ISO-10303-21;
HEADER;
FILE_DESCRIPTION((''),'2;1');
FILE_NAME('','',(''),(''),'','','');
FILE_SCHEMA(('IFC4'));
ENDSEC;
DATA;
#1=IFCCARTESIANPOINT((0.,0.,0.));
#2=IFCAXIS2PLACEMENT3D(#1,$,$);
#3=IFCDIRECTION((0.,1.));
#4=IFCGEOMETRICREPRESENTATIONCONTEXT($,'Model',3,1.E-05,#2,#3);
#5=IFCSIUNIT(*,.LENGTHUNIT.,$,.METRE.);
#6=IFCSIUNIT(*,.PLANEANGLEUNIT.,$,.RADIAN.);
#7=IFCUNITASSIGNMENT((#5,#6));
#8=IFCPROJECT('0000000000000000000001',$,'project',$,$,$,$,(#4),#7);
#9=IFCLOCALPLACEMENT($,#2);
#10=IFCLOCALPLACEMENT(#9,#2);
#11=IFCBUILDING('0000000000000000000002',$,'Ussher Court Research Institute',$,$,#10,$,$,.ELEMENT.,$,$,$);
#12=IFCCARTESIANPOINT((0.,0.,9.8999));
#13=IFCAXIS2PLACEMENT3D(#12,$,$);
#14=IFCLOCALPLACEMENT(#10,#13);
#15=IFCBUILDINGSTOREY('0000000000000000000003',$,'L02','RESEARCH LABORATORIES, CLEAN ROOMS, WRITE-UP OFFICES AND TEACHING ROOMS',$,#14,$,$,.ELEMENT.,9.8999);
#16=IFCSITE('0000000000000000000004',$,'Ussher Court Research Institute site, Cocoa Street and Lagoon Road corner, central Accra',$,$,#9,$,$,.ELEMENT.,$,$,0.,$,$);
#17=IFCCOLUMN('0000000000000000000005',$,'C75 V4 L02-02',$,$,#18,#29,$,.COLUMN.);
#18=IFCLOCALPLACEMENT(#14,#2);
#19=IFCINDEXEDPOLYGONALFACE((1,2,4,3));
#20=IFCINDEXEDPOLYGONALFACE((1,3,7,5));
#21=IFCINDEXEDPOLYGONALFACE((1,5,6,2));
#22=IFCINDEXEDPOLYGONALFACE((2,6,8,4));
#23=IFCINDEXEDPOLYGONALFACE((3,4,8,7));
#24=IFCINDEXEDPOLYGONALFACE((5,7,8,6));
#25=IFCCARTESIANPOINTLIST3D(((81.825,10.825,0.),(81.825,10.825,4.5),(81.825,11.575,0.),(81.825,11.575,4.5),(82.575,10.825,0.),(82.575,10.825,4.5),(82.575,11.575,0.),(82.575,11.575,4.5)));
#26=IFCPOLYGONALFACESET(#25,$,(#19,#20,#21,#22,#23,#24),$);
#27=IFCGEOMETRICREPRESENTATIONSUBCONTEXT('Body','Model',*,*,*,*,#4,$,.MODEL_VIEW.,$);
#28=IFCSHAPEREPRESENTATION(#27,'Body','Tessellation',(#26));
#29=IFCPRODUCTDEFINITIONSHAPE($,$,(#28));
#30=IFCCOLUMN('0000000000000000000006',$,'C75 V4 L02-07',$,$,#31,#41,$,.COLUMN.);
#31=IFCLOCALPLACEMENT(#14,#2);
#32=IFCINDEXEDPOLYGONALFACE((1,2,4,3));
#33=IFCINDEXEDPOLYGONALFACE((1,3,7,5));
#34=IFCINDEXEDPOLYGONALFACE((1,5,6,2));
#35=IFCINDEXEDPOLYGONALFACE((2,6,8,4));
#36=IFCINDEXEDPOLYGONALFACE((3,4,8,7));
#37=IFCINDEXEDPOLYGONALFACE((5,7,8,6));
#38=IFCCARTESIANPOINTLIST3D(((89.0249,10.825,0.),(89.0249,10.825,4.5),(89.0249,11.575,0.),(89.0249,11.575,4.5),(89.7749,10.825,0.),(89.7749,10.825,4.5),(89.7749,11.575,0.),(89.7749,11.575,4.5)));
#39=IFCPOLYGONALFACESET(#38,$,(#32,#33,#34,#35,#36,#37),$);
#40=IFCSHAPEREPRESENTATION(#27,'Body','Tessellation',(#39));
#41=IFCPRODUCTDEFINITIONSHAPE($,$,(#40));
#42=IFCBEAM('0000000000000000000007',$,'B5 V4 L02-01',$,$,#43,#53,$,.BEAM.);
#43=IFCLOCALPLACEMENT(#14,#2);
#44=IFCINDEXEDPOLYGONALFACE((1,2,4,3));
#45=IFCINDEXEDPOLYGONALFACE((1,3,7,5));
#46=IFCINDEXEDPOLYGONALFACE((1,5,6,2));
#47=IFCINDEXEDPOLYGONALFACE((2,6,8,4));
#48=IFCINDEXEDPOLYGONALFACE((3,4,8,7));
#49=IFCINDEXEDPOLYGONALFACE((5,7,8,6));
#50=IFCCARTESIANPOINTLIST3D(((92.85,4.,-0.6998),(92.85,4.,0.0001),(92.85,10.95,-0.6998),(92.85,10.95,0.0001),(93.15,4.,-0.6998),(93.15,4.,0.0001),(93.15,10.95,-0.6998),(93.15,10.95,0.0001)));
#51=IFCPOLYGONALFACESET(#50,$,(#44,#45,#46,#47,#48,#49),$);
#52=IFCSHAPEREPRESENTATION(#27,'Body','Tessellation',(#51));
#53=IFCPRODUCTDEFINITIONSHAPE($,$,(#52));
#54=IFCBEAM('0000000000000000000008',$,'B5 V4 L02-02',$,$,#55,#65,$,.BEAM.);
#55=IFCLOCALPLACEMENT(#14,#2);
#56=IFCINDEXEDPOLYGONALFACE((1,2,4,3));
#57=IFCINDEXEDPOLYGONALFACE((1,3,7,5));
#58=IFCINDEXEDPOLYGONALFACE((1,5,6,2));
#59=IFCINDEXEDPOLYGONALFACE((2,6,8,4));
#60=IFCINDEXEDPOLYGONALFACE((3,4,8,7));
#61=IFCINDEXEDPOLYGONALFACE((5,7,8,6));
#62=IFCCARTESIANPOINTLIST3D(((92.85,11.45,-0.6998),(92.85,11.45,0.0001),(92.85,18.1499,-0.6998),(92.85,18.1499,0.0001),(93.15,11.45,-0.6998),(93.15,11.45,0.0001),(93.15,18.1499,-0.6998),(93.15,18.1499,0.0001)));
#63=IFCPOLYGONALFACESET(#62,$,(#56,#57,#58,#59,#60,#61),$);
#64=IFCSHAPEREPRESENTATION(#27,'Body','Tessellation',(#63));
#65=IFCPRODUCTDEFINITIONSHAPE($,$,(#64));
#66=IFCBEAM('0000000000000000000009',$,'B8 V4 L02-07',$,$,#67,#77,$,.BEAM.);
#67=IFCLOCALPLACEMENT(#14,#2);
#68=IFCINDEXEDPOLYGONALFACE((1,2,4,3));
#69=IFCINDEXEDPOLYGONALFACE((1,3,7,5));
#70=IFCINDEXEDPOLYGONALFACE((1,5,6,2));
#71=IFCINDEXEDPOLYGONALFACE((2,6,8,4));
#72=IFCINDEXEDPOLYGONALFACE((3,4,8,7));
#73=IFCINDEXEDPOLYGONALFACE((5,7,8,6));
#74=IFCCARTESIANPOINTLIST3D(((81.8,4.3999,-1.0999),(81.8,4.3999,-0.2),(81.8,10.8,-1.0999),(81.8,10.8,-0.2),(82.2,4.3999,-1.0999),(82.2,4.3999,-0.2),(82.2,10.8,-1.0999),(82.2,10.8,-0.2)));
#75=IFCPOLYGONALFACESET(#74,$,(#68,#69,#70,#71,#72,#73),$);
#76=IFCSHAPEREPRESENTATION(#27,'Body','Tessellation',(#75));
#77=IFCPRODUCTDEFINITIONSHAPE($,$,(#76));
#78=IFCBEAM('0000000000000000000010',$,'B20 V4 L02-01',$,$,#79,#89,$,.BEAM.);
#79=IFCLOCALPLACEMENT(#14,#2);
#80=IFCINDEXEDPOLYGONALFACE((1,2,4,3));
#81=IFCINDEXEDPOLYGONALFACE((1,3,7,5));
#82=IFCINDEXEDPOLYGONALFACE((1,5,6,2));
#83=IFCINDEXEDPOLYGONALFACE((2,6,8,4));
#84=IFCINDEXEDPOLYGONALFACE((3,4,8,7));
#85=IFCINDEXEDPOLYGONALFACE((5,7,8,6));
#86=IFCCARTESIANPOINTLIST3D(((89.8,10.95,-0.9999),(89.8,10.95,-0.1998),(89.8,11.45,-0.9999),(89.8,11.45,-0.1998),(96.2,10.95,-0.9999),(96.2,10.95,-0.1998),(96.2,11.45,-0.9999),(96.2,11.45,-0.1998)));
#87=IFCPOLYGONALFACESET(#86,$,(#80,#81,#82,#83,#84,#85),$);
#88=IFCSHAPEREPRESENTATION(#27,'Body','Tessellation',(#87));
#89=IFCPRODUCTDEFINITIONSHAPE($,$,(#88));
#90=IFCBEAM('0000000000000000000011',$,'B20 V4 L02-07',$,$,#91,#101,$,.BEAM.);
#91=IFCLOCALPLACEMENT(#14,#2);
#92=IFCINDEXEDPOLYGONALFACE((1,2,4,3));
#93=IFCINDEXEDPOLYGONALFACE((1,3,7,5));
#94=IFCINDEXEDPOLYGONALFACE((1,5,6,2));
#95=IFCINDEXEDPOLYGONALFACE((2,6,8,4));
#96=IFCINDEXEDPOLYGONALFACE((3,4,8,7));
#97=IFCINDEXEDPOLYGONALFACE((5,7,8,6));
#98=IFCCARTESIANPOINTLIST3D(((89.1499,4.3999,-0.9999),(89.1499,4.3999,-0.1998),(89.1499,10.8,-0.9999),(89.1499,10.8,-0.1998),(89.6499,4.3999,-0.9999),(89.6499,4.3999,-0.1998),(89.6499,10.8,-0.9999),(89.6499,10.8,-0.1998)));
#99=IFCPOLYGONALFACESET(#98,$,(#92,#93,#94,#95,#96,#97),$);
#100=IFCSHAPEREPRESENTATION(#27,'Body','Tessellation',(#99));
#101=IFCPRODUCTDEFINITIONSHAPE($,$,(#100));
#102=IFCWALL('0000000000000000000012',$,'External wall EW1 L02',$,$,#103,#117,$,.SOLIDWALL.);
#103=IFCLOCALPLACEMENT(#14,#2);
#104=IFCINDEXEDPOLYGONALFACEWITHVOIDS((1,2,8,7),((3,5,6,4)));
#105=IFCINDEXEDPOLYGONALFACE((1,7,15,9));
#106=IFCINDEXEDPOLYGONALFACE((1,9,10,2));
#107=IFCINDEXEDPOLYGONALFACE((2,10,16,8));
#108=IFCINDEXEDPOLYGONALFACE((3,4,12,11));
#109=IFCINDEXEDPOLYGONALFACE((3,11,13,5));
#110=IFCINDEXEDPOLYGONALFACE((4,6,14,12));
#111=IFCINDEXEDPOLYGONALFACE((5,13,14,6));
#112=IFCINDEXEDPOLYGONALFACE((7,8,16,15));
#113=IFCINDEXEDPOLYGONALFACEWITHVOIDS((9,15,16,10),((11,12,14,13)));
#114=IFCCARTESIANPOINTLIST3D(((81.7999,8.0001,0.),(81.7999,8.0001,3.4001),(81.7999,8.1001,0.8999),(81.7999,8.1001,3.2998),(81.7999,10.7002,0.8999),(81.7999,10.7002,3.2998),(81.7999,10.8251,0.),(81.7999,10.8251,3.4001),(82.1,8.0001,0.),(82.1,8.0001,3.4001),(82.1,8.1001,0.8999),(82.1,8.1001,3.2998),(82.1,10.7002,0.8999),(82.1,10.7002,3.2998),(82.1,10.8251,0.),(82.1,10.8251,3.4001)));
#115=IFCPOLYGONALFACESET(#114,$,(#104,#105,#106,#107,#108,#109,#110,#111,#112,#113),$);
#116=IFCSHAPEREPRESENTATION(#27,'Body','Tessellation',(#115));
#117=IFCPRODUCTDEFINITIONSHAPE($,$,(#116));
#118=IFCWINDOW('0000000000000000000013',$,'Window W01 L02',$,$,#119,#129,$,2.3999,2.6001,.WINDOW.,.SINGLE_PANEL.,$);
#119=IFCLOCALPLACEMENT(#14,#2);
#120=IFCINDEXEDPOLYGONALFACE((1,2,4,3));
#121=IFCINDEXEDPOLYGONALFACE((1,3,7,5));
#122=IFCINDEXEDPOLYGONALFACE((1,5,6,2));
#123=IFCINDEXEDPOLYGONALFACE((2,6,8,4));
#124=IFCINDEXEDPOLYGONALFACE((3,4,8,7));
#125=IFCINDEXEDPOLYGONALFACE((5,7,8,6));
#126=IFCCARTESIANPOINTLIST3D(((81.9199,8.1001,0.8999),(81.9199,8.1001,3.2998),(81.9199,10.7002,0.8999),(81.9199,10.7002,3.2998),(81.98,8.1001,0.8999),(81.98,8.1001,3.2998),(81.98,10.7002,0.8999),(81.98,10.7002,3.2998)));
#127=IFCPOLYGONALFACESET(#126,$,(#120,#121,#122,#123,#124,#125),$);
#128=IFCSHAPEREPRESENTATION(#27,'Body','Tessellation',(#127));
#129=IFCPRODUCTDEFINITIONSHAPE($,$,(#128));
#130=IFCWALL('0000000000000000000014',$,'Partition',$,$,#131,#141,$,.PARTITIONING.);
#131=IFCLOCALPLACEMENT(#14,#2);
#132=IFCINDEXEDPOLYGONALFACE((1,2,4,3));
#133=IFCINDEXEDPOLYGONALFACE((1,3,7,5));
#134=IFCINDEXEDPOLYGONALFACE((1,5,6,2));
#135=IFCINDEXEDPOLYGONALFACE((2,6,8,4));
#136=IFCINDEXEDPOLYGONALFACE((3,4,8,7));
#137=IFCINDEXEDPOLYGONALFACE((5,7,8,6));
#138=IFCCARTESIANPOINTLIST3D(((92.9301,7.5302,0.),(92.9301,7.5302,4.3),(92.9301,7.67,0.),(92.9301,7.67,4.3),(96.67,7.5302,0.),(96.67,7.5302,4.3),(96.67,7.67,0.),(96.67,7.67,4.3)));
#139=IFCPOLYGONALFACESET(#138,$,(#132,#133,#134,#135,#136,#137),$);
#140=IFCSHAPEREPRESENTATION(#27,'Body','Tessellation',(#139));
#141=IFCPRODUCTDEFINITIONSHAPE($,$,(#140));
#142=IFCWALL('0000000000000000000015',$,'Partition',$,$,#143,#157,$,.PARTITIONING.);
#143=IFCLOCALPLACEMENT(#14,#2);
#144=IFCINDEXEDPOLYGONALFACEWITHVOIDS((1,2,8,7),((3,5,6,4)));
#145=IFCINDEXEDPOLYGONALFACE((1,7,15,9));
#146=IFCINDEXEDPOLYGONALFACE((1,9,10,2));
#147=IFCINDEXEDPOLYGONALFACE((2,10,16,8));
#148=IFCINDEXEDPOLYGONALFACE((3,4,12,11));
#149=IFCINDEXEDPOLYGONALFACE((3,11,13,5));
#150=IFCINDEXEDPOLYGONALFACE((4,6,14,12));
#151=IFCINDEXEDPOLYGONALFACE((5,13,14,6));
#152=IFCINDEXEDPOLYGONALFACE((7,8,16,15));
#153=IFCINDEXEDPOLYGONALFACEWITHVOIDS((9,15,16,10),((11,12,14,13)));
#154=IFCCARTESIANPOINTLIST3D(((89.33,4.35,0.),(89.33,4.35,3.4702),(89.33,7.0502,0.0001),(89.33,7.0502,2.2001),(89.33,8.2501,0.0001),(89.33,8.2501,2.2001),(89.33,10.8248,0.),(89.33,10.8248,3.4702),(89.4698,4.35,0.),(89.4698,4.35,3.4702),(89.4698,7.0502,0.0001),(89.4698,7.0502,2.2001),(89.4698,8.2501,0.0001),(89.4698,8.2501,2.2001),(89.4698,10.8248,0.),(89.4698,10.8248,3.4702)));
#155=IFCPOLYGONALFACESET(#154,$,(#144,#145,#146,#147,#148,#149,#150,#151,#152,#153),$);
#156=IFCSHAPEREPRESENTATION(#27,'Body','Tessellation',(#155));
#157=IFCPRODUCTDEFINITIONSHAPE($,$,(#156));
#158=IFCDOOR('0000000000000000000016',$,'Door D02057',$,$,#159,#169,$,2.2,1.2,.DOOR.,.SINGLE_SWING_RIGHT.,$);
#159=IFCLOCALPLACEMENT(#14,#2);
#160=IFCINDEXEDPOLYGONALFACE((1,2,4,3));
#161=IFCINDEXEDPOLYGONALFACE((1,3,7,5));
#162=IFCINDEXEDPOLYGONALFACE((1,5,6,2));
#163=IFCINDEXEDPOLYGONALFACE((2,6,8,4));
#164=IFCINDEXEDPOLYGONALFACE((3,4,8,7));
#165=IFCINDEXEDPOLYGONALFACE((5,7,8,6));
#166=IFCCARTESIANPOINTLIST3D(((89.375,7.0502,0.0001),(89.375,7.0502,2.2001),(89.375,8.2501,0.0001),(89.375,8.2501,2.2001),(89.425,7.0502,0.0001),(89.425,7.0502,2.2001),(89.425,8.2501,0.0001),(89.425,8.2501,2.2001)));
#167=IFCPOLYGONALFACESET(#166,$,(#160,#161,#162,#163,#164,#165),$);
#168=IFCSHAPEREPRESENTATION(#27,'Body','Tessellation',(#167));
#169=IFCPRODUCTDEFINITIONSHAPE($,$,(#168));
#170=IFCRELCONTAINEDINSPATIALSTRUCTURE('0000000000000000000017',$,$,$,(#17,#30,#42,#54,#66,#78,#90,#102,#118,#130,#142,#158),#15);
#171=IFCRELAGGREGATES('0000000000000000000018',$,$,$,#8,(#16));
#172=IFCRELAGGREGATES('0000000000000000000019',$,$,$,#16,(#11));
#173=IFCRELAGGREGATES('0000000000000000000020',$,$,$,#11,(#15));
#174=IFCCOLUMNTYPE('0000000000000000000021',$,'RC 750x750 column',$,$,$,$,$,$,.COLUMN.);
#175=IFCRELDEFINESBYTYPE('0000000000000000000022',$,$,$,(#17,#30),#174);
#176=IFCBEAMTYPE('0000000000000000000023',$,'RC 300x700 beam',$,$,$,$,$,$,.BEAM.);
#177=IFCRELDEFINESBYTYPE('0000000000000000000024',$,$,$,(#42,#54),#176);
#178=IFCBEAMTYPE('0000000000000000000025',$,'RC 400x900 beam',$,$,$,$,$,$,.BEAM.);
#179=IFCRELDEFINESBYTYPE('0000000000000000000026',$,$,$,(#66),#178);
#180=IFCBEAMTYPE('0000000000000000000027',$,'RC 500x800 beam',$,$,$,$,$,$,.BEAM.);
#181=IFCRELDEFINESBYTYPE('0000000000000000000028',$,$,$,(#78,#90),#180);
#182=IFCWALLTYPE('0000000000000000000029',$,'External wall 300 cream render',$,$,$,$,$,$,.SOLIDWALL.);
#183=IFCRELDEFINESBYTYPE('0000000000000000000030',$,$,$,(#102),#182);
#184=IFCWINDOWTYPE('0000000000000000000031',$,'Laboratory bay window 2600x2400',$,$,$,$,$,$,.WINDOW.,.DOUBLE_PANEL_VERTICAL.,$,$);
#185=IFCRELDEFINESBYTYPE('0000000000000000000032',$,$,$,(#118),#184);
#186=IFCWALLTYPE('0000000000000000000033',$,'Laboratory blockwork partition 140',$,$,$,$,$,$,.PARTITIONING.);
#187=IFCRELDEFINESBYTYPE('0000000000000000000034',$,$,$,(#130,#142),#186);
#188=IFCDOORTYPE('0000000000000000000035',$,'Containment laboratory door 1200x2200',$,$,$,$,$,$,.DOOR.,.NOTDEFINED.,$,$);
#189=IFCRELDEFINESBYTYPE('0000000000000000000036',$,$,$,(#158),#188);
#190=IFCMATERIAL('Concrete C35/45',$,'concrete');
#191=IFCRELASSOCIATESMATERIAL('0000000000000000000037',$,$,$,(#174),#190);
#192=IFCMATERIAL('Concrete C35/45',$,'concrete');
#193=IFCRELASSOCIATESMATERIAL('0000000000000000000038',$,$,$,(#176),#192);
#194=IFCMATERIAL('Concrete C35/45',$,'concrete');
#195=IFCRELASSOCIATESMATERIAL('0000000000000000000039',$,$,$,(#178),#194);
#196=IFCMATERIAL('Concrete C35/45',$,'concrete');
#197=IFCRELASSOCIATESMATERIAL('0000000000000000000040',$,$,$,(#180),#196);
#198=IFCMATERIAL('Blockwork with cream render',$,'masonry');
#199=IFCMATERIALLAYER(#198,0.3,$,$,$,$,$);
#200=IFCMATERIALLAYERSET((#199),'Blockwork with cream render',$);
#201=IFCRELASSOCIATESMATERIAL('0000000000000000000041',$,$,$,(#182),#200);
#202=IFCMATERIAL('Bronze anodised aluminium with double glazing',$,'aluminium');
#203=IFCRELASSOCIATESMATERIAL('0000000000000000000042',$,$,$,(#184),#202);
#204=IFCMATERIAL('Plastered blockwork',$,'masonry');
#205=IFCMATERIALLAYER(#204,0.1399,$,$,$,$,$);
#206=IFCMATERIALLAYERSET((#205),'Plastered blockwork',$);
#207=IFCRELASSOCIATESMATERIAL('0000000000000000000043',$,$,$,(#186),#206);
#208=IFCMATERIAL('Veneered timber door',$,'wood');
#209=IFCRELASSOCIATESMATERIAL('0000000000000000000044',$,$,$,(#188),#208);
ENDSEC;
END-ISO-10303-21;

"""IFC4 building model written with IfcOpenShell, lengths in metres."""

from ifc_helpers import new_model, si_unit, direction, frame, frame_2d, origin, origin_2d, place, context, subcontext, project, spatial, rectangle, extrude, material, layer, layer_set, material_profile, profile_set, type_object, element, fill, save


model = new_model("IFC4")

# Units and contexts
model_context = context("Model", 3, precision=1e-05, world=origin(), true_north=direction((0.0, 1.0)))
body_context = subcontext(model_context, "Body", "Model", "MODEL_VIEW")
ifc_project = project(units=[si_unit("LENGTHUNIT", "METRE"), si_unit("PLANEANGLEUNIT", "RADIAN")], contexts=[model_context])

# Site, building, storey
site_placement = place(None, origin())
site = spatial("IfcSite", under=ifc_project, at=site_placement, Name="Ussher Court Research Institute site, Cocoa Street and Lagoon Road corner, central Accra", CompositionType="ELEMENT", RefElevation=0.0)
building_placement = place(site_placement, origin())
building = spatial("IfcBuilding", under=site, at=building_placement, Name="Ussher Court Research Institute", CompositionType="ELEMENT")
storey_placement = place(building_placement, frame((0.0, 0.0, 9.8999)))
storey = spatial("IfcBuildingStorey", under=building, at=storey_placement, Name="L02", Description="RESEARCH LABORATORIES, CLEAN ROOMS, WRITE-UP OFFICES AND TEACHING ROOMS", CompositionType="ELEMENT", Elevation=9.8999)

# Columns
ifc_material_1 = material(Name="Concrete C35/45", Category="concrete")
ifc_material_profile_1 = material_profile(ifc_material_1, rectangle(XDim=0.75, YDim=0.75, at=origin_2d()), Name="RC 750x750")
ifc_profile_set_1 = profile_set([ifc_material_profile_1], Name="Concrete C35/45")
column_type = type_object("IfcColumnType", Name="RC 750x750 column", PredefinedType="COLUMN", material=ifc_profile_set_1)
for number, where, z_axis, x_axis, name in (
    (1, (82.2, 11.2, 0.0), (0.0, 0.0, 1.0), (1.0, 0.0, 0.0), "C75 V4 L02-02"),
    (2, (89.3999, 11.2, 0.0), (0.0, 0.0, 1.0), (1.0, 0.0, 0.0), "C75 V4 L02-07"),
):
    element("IfcColumn", number, at=place(storey_placement, frame(where, z_axis=z_axis, x_axis=x_axis)), inside=storey, type_object=column_type, Name=name, PredefinedType="COLUMN", context=body_context, shape_type="SweptSolid", body=[
        extrude(rectangle(XDim=0.75, YDim=0.75, at=origin_2d()), origin(), (0.0, 0.0, 1.0), 4.5),
    ])

# Beams
ifc_material_2 = material(Name="Concrete C35/45", Category="concrete")
ifc_material_profile_2 = material_profile(ifc_material_2, rectangle(XDim=0.3, YDim=0.7, at=origin_2d()), Name="RC 300x700")
ifc_profile_set_2 = profile_set([ifc_material_profile_2], Name="Concrete C35/45")
beam_type_1 = type_object("IfcBeamType", Name="RC 300x700 beam", PredefinedType="BEAM", material=ifc_profile_set_2)
beam_1_placement = place(storey_placement, frame((93.0, 4.0, -0.3499), z_axis=(0.0, 1.0, 0.0), x_axis=(-1.0, 0.0, 0.0)))
element("IfcBeam", 3, at=beam_1_placement, inside=storey, type_object=beam_type_1, Name="B5 V4 L02-01", PredefinedType="BEAM", context=body_context, shape_type="SweptSolid", body=[
    extrude(rectangle(XDim=0.3, YDim=0.7, at=origin_2d()), origin(), (0.0, 0.0, 1.0), 6.95),
])
beam_2_placement = place(storey_placement, frame((93.0, 11.45, -0.3499), z_axis=(0.0, 1.0, 0.0), x_axis=(-1.0, 0.0, 0.0)))
element("IfcBeam", 4, at=beam_2_placement, inside=storey, type_object=beam_type_1, Name="B5 V4 L02-02", PredefinedType="BEAM", context=body_context, shape_type="SweptSolid", body=[
    extrude(rectangle(XDim=0.3, YDim=0.7, at=origin_2d()), origin(), (0.0, 0.0, 1.0), 6.7),
])
ifc_material_3 = material(Name="Concrete C35/45", Category="concrete")
ifc_material_profile_3 = material_profile(ifc_material_3, rectangle(XDim=0.3999, YDim=0.8999, at=origin_2d()), Name="RC 400x900")
ifc_profile_set_3 = profile_set([ifc_material_profile_3], Name="Concrete C35/45")
beam_type_2 = type_object("IfcBeamType", Name="RC 400x900 beam", PredefinedType="BEAM", material=ifc_profile_set_3)
beam_3_placement = place(storey_placement, frame((82.0, 4.3999, -0.6499), z_axis=(0.0, 1.0, 0.0), x_axis=(-1.0, 0.0, 0.0)))
element("IfcBeam", 5, at=beam_3_placement, inside=storey, type_object=beam_type_2, Name="B8 V4 L02-07", PredefinedType="BEAM", context=body_context, shape_type="SweptSolid", body=[
    extrude(rectangle(XDim=0.3999, YDim=0.8999, at=origin_2d()), origin(), (0.0, 0.0, 1.0), 6.4001),
])
ifc_material_4 = material(Name="Concrete C35/45", Category="concrete")
ifc_material_profile_4 = material_profile(ifc_material_4, rectangle(XDim=0.5, YDim=0.8, at=origin_2d()), Name="RC 500x800")
ifc_profile_set_4 = profile_set([ifc_material_profile_4], Name="Concrete C35/45")
beam_type_3 = type_object("IfcBeamType", Name="RC 500x800 beam", PredefinedType="BEAM", material=ifc_profile_set_4)
beam_4_placement = place(storey_placement, frame((89.8, 11.2, -0.5999), z_axis=(1.0, 0.0, 0.0), x_axis=(0.0, 1.0, 0.0)))
element("IfcBeam", 6, at=beam_4_placement, inside=storey, type_object=beam_type_3, Name="B20 V4 L02-01", PredefinedType="BEAM", context=body_context, shape_type="SweptSolid", body=[
    extrude(rectangle(XDim=0.5, YDim=0.8, at=origin_2d()), origin(), (0.0, 0.0, 1.0), 6.3999),
])
beam_5_placement = place(storey_placement, frame((89.3999, 4.3999, -0.5999), z_axis=(0.0, 1.0, 0.0), x_axis=(-1.0, 0.0, 0.0)))
element("IfcBeam", 7, at=beam_5_placement, inside=storey, type_object=beam_type_3, Name="B20 V4 L02-07", PredefinedType="BEAM", context=body_context, shape_type="SweptSolid", body=[
    extrude(rectangle(XDim=0.5, YDim=0.8, at=origin_2d()), origin(), (0.0, 0.0, 1.0), 6.4001),
])

# Wall, opening, window
ifc_material_5 = material(Name="Blockwork with cream render", Category="masonry")
ifc_layer_1 = layer(ifc_material_5, 0.3)
ifc_layer_set_1 = layer_set([ifc_layer_1], Name="Blockwork with cream render")
wall_type_1 = type_object("IfcWallType", Name="External wall 300 cream render", PredefinedType="SOLIDWALL", material=ifc_layer_set_1)
wall_1_placement = place(storey_placement, frame((81.95, 8.0, 0.0), z_axis=(0.0, 0.0, 1.0), x_axis=(0.0, 1.0, 0.0)))
wall_1 = element("IfcWall", 8, at=wall_1_placement, inside=storey, type_object=wall_type_1, Name="External wall EW1 L02", PredefinedType="SOLIDWALL", context=body_context, shape_type="SweptSolid", body=[
    extrude(rectangle(XDim=2.825, YDim=0.3, at=frame_2d((1.4126, 0.0))), origin(), (0.0, 0.0, 1.0), 3.4001),
])
opening_1_placement = place(wall_1_placement, frame((0.1001, 0.0, 0.8999)))
opening_1 = element("IfcOpeningElement", 9, at=opening_1_placement, cuts=wall_1, PredefinedType="OPENING", context=body_context, shape_type="SweptSolid", body=[
    extrude(rectangle(XDim=2.6001, YDim=2.3999, at=frame_2d((1.3, 1.2))), frame((0.0, 0.1602, 0.0), z_axis=(0.0, -1.0, 0.0), x_axis=(1.0, 0.0, 0.0)), (0.0, 0.0, 1.0), 0.3201),
])
ifc_material_6 = material(Name="Bronze anodised aluminium with double glazing", Category="aluminium")
window_type = type_object("IfcWindowType", Name="Laboratory bay window 2600x2400", PartitioningType="DOUBLE_PANEL_VERTICAL", PredefinedType="WINDOW", material=ifc_material_6)
window_placement = place(opening_1_placement, origin())
window = element("IfcWindow", 10, at=window_placement, inside=storey, type_object=window_type, Name="Window W01 L02", OverallHeight=2.3999, OverallWidth=2.6001, PartitioningType="SINGLE_PANEL", PredefinedType="WINDOW", context=body_context, shape_type="SweptSolid", body=[
    extrude(rectangle(XDim=2.6001, YDim=2.3999, at=frame_2d((1.3, 1.2))), frame((0.0, 0.03, 0.0), z_axis=(0.0, -1.0, 0.0), x_axis=(1.0, 0.0, 0.0)), (0.0, 0.0, 1.0), 0.0601),
])
fill(opening_1, window)

# Wall
ifc_material_7 = material(Name="Plastered blockwork", Category="masonry")
ifc_layer_2 = layer(ifc_material_7, 0.1399)
ifc_layer_set_2 = layer_set([ifc_layer_2], Name="Plastered blockwork")
wall_type_2 = type_object("IfcWallType", Name="Laboratory blockwork partition 140", PredefinedType="PARTITIONING", material=ifc_layer_set_2)
wall_2_placement = place(storey_placement, frame((92.9299, 7.6001, 0.0), z_axis=(0.0, 0.0, 1.0), x_axis=(1.0, 0.0, 0.0)))
element("IfcWall", 11, at=wall_2_placement, inside=storey, type_object=wall_type_2, Name="Partition", PredefinedType="PARTITIONING", context=body_context, shape_type="SweptSolid", body=[
    extrude(rectangle(XDim=3.74, YDim=0.1399, at=frame_2d((1.8701, 0.0))), origin(), (0.0, 0.0, 1.0), 4.3),
])

# Wall, opening, door
wall_3_placement = place(storey_placement, frame((89.3999, 4.3501, 0.0), z_axis=(0.0, 0.0, 1.0), x_axis=(0.0, 1.0, 0.0)))
wall_3 = element("IfcWall", 12, at=wall_3_placement, inside=storey, type_object=wall_type_2, Name="Partition", PredefinedType="PARTITIONING", context=body_context, shape_type="SweptSolid", body=[
    extrude(rectangle(XDim=6.4749, YDim=0.1399, at=frame_2d((3.2373, 0.0))), origin(), (0.0, 0.0, 1.0), 3.4702),
])
opening_2_placement = place(wall_3_placement, frame((2.7, 0.0, 0.0)))
opening_2 = element("IfcOpeningElement", 13, at=opening_2_placement, cuts=wall_3, PredefinedType="OPENING", context=body_context, shape_type="SweptSolid", body=[
    extrude(rectangle(XDim=1.2, YDim=2.2, at=frame_2d((0.6001, 1.1001))), frame((0.0, 0.0801, 0.0), z_axis=(0.0, -1.0, 0.0), x_axis=(1.0, 0.0, 0.0)), (0.0, 0.0, 1.0), 0.1599),
])
ifc_material_8 = material(Name="Veneered timber door", Category="wood")
door_type_1 = type_object("IfcDoorType", Name="Containment laboratory door 1200x2200", OperationType="NOTDEFINED", PredefinedType="DOOR", material=ifc_material_8)
door_1_placement = place(opening_2_placement, origin())
door_1 = element("IfcDoor", 14, at=door_1_placement, inside=storey, type_object=door_type_1, Name="Door D02057", OperationType="SINGLE_SWING_RIGHT", OverallHeight=2.2, OverallWidth=1.2, PredefinedType="DOOR", context=body_context, shape_type="SweptSolid", body=[
    extrude(rectangle(XDim=1.2, YDim=2.2, at=frame_2d((0.6001, 1.1001))), frame((0.0, 0.0249, 0.0), z_axis=(0.0, -1.0, 0.0), x_axis=(1.0, 0.0, 0.0)), (0.0, 0.0, 1.0), 0.05),
])
fill(opening_2, door_1)

save(model, "model.ifc")
